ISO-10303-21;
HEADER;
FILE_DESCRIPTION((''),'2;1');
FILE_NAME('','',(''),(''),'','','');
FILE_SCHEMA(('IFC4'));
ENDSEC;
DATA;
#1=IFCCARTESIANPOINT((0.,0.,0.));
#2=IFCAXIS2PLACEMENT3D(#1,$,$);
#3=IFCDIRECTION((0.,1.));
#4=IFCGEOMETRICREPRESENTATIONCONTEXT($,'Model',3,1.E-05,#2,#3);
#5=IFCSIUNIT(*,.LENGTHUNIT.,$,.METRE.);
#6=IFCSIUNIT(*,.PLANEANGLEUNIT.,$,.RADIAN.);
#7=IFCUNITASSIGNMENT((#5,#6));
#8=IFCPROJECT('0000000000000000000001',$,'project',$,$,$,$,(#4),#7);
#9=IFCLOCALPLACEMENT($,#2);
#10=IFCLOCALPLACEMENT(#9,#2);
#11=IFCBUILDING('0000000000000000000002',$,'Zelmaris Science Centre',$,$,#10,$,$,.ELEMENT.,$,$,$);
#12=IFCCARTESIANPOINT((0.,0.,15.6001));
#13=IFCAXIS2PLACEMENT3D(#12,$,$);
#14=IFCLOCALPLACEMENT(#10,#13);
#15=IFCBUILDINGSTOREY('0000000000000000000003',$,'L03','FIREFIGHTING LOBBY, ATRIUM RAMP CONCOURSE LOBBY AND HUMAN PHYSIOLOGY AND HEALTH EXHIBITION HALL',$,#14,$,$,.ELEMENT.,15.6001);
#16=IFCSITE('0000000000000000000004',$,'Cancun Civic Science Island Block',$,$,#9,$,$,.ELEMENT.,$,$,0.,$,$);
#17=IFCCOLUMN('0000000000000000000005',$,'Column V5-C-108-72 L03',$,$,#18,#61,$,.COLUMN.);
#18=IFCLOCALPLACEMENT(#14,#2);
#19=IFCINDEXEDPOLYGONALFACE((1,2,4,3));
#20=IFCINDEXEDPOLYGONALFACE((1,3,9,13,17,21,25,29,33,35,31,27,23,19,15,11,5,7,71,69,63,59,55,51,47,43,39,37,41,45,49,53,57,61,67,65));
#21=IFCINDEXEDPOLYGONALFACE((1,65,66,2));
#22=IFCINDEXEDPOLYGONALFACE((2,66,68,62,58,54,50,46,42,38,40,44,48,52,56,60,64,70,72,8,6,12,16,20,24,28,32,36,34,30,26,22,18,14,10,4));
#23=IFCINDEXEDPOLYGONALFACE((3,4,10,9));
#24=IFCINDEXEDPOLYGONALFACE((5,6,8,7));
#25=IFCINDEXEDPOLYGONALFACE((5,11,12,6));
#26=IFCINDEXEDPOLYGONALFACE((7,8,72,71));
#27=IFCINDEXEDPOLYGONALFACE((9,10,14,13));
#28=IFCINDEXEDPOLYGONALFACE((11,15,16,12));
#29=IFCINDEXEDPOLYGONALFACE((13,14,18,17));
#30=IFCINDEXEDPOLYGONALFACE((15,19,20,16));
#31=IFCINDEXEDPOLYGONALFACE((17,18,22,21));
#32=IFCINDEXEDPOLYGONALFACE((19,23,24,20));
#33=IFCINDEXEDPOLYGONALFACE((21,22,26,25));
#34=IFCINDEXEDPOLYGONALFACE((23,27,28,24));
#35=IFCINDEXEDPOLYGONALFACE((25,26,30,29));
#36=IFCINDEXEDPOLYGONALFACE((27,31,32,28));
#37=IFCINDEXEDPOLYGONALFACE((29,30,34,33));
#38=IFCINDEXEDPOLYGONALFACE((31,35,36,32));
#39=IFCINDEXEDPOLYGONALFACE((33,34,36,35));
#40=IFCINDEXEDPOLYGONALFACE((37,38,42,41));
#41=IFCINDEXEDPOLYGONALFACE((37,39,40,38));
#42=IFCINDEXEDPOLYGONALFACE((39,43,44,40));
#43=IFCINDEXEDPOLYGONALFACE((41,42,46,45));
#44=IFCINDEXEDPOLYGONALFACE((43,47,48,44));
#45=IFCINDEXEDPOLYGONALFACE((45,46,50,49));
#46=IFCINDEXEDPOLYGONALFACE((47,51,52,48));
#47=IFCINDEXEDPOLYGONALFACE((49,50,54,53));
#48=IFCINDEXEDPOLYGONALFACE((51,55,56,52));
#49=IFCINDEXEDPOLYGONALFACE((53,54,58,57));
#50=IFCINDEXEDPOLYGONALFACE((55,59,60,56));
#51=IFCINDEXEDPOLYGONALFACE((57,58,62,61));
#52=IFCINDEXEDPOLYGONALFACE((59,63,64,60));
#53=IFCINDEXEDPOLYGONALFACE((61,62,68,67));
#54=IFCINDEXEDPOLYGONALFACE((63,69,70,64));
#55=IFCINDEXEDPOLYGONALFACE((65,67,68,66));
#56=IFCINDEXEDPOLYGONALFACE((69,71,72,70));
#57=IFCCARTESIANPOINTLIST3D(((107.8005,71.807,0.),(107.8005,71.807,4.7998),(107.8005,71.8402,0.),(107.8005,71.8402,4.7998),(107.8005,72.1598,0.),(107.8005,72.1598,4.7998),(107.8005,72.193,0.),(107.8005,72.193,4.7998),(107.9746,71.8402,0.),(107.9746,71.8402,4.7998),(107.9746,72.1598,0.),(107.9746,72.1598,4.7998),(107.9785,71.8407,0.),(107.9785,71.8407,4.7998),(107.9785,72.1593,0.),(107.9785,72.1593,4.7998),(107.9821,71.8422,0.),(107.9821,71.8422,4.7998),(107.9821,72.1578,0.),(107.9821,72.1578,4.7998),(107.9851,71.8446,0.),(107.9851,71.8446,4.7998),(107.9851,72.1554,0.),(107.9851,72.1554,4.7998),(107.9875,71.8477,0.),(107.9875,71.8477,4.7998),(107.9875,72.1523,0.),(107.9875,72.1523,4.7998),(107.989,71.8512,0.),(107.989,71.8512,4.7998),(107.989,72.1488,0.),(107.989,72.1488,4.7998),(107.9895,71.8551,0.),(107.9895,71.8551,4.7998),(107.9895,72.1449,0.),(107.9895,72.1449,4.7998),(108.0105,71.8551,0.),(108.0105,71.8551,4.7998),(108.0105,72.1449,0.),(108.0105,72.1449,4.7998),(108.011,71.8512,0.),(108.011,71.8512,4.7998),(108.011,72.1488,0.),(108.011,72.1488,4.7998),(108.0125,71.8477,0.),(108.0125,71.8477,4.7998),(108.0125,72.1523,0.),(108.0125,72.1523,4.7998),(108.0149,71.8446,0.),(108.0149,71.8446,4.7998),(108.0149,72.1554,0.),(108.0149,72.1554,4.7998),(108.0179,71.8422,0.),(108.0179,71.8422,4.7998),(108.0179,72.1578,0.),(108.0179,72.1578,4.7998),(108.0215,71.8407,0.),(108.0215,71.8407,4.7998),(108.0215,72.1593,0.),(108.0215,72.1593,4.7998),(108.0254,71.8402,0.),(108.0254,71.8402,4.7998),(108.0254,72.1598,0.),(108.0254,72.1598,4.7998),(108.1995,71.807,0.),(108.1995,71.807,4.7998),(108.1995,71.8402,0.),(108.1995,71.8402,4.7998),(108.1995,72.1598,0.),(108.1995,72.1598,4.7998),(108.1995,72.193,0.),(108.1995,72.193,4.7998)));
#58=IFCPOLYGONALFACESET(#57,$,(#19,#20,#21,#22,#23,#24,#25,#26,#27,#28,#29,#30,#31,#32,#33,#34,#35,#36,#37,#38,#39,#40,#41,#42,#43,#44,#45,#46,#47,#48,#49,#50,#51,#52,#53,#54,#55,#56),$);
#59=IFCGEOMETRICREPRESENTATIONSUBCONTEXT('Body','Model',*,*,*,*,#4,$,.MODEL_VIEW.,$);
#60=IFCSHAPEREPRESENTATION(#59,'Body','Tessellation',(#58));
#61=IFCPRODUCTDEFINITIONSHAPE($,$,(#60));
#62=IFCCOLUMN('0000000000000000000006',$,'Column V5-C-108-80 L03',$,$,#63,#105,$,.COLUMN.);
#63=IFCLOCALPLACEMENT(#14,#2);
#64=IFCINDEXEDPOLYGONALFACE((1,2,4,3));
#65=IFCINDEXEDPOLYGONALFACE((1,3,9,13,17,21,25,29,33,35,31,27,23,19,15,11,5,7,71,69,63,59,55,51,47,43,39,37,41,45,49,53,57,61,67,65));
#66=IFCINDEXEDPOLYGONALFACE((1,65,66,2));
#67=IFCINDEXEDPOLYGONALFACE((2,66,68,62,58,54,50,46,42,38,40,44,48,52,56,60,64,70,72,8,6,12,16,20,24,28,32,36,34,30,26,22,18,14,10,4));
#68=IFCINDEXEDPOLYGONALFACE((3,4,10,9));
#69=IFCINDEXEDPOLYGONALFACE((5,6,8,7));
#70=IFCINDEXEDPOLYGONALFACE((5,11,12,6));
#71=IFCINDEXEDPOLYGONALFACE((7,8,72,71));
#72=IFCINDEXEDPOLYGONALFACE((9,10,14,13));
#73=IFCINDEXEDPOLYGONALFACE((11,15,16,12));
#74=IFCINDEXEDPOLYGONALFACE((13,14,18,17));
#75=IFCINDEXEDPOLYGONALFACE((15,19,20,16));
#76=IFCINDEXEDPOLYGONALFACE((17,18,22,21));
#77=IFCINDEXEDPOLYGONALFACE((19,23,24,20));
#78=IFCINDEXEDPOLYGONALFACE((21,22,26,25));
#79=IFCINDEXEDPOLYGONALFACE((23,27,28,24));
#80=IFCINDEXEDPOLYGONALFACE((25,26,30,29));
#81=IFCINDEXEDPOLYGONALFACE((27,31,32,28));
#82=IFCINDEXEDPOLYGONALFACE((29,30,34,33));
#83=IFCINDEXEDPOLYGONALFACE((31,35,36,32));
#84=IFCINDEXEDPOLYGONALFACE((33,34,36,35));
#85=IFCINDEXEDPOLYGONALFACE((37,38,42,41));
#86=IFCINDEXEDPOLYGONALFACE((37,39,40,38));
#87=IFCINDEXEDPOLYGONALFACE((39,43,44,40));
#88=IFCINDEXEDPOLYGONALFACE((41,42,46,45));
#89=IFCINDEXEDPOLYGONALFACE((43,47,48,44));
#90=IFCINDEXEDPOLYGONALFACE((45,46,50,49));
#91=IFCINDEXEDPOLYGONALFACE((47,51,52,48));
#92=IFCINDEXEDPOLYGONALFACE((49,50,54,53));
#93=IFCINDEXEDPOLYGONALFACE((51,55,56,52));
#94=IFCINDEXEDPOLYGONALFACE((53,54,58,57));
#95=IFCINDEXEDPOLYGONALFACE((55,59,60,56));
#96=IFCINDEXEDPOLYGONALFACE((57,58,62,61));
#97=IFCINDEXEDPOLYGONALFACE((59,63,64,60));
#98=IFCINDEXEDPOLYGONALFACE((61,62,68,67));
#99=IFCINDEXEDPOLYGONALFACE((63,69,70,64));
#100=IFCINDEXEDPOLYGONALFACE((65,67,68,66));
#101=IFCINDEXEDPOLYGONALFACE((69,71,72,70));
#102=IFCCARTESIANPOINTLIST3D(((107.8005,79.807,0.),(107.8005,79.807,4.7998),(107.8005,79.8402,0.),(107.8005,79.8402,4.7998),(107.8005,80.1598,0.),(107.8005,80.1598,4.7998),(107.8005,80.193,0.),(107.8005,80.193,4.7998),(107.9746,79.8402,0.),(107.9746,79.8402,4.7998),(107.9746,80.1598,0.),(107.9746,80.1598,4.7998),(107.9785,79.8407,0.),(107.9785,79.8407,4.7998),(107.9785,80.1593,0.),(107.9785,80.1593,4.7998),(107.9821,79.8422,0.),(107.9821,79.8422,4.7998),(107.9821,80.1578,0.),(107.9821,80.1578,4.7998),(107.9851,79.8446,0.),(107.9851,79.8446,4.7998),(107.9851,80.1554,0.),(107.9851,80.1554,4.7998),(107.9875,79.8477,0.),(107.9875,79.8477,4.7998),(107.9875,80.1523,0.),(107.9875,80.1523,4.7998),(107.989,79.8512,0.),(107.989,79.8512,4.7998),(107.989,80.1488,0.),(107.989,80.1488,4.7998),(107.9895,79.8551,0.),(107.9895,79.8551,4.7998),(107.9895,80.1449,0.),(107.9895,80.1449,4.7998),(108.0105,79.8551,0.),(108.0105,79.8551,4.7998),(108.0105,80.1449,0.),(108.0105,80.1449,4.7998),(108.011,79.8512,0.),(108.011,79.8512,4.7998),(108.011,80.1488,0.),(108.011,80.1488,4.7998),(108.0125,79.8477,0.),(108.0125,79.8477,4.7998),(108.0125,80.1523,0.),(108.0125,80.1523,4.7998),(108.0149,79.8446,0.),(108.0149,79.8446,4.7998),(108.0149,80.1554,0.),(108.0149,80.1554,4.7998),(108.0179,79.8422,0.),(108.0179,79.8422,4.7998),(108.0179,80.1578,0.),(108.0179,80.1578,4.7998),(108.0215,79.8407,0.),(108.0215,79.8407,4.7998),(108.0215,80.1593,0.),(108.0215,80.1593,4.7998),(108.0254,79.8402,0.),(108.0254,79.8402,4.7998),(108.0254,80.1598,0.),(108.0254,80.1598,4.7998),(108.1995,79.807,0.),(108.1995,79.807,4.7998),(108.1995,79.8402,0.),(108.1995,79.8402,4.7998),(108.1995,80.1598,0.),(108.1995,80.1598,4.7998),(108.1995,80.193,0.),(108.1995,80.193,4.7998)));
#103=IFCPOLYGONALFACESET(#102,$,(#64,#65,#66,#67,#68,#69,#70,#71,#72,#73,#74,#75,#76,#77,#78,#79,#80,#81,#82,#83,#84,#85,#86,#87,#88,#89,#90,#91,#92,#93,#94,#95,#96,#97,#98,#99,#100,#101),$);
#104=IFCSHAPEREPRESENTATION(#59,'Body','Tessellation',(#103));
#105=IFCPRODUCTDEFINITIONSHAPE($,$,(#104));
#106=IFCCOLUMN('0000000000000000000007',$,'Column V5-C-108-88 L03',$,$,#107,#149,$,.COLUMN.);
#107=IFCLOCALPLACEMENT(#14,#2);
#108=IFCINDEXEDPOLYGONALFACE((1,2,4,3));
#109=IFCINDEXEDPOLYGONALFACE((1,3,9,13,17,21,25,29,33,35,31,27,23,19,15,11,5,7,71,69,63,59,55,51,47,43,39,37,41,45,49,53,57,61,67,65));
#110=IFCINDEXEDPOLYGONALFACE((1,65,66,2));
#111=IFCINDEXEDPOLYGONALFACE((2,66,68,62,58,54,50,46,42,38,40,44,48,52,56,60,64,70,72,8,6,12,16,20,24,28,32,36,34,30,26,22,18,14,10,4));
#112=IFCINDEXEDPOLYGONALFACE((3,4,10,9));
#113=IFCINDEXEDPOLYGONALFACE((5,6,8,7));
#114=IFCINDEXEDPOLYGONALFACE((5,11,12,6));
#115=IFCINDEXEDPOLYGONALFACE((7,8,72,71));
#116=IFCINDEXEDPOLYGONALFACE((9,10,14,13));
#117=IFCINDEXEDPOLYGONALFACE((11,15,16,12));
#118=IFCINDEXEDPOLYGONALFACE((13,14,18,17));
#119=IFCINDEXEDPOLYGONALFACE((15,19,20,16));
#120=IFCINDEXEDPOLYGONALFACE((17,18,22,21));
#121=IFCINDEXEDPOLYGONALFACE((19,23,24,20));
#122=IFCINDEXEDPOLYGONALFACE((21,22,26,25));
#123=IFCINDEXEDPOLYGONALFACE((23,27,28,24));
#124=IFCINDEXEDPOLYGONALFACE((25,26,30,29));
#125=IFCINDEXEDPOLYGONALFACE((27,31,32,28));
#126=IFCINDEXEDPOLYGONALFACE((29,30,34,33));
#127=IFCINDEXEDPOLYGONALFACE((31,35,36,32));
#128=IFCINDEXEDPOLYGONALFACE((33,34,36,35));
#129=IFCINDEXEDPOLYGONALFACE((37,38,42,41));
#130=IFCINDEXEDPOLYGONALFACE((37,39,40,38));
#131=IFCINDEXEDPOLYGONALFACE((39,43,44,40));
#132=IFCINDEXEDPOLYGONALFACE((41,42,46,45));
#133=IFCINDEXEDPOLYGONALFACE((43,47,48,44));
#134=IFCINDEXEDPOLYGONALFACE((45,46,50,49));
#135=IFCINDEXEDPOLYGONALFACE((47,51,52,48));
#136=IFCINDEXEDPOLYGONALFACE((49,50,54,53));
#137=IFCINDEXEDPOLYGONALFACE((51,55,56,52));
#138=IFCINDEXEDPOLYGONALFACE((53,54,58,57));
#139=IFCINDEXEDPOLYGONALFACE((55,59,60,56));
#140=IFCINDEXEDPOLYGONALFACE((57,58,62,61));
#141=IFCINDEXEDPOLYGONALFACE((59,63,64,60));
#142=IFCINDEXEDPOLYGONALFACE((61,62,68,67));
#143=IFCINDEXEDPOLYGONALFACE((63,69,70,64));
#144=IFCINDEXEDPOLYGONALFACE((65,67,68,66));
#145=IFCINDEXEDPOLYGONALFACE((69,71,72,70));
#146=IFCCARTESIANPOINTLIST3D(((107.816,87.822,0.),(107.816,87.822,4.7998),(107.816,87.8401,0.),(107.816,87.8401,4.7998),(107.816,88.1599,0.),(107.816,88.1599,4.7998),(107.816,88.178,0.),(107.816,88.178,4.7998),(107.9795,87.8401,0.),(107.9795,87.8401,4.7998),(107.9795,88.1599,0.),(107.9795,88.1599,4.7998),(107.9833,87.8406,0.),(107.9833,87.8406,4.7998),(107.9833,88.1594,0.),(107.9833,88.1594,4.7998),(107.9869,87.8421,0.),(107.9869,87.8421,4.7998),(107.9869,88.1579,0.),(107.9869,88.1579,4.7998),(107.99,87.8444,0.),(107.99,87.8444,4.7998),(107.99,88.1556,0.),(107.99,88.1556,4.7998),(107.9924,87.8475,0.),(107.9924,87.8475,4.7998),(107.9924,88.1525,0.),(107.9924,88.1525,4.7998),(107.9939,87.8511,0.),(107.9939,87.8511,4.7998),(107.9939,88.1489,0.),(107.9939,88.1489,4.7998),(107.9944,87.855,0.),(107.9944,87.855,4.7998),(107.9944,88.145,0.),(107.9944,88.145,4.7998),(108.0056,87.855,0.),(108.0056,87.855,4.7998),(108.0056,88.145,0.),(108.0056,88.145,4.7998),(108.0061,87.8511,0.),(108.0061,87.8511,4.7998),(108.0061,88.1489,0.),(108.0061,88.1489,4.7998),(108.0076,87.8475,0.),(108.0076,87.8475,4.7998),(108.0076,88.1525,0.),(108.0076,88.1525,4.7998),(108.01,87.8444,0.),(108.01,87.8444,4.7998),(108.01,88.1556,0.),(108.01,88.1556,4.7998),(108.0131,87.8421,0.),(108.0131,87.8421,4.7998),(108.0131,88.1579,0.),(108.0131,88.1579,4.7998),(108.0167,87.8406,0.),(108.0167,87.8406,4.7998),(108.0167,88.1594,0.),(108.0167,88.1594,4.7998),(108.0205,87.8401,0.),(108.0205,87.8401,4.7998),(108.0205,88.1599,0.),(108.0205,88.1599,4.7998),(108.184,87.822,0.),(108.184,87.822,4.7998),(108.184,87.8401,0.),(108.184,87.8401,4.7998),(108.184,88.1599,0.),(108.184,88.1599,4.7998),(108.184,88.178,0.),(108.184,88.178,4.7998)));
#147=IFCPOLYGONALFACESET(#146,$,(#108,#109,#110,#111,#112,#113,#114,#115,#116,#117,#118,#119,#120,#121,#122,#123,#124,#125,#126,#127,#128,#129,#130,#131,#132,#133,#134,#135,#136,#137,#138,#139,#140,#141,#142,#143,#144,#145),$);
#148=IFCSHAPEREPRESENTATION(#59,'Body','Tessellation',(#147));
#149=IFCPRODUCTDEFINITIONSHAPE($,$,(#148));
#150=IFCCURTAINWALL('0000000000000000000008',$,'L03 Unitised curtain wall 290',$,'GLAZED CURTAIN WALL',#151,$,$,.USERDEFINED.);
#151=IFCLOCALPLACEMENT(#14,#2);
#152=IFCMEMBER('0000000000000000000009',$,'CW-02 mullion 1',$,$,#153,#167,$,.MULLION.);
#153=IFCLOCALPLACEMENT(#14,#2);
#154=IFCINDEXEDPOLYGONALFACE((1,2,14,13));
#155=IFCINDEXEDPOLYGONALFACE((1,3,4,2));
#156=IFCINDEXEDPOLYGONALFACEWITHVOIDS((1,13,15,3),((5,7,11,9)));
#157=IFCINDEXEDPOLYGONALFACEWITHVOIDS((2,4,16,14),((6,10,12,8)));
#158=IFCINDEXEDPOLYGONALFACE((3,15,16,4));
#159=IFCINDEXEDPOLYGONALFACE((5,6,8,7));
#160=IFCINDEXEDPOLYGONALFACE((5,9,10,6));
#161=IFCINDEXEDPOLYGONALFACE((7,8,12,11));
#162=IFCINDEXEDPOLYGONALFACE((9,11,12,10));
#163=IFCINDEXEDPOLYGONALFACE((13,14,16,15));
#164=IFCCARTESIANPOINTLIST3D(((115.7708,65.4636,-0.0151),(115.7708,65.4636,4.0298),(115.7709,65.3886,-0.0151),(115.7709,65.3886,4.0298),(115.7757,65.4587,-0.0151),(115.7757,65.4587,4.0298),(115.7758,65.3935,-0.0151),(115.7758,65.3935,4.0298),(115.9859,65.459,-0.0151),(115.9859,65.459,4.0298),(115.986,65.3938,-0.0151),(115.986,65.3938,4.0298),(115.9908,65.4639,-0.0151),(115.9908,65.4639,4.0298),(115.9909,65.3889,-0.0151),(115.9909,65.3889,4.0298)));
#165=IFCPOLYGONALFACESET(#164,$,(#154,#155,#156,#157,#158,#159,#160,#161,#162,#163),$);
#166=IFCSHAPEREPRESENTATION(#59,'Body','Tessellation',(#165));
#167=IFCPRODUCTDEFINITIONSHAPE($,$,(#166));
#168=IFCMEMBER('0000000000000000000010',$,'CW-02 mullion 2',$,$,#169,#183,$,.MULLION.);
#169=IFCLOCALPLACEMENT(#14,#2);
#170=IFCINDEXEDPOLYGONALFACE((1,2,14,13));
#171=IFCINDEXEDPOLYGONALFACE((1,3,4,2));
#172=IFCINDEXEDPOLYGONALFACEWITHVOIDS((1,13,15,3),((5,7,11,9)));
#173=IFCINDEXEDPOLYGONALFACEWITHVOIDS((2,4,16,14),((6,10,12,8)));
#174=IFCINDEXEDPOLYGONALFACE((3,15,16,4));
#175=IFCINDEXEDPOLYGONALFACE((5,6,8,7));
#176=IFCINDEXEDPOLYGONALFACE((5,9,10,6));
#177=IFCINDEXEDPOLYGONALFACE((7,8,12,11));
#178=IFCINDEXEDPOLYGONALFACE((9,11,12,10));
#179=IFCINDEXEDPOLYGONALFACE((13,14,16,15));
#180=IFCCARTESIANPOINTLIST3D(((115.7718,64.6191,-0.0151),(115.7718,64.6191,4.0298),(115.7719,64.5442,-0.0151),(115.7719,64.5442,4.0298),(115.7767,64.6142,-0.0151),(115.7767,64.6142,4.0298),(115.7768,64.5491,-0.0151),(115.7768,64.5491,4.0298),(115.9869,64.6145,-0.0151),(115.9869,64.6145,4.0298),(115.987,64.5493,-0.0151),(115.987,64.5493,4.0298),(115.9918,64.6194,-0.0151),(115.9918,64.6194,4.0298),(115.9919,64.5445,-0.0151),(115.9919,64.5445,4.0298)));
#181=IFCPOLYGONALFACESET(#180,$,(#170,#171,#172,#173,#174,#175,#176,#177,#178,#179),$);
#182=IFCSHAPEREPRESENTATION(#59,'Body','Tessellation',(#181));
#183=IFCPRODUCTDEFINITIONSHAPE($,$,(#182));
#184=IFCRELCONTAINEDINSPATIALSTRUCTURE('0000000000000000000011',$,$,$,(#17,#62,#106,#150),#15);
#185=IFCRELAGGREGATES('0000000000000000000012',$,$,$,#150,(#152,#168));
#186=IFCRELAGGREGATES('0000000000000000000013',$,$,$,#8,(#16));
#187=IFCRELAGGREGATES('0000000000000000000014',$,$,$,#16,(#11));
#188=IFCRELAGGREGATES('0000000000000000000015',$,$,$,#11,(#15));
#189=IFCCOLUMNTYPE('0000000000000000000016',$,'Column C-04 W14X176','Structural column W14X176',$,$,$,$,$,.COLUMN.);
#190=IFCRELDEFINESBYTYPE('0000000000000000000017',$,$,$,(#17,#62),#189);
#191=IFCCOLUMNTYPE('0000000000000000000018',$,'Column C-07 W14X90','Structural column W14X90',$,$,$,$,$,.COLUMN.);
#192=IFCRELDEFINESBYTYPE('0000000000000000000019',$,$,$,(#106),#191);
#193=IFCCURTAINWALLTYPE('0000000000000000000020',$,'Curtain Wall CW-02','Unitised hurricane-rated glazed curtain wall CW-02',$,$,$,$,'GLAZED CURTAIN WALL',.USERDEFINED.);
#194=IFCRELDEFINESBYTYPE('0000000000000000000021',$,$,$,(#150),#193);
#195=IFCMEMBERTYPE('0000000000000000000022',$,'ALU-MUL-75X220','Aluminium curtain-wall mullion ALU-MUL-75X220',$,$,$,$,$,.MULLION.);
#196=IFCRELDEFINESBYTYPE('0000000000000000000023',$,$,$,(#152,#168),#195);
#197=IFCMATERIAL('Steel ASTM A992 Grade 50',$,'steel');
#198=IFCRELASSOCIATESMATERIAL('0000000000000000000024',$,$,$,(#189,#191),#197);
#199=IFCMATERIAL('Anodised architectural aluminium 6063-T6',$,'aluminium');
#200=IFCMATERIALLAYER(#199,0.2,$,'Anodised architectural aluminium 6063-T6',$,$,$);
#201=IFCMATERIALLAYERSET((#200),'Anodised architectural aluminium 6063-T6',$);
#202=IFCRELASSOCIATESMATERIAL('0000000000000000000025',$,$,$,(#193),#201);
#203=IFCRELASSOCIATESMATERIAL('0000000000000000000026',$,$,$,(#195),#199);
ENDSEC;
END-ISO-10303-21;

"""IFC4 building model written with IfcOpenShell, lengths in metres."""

from ifc_helpers import new_model, si_unit, direction, frame, origin, origin_2d, place, context, subcontext, project, spatial, hollow_rectangle, i_section, extrude, material, layer, layer_set, material_profile, profile_set, type_object, element, aggregate, save


model = new_model("IFC4")

# Units and contexts
model_context = context("Model", 3, precision=1e-05, world=origin(), true_north=direction((0.0, 1.0)))
body_context = subcontext(model_context, "Body", "Model", "MODEL_VIEW")
ifc_project = project(units=[si_unit("LENGTHUNIT", "METRE"), si_unit("PLANEANGLEUNIT", "RADIAN")], contexts=[model_context])

# Site, building, storey
site_placement = place(None, origin())
site = spatial("IfcSite", under=ifc_project, at=site_placement, Name="Cancun Civic Science Island Block", CompositionType="ELEMENT", RefElevation=0.0)
building_placement = place(site_placement, origin())
building = spatial("IfcBuilding", under=site, at=building_placement, Name="Zelmaris Science Centre", CompositionType="ELEMENT")
storey_placement = place(building_placement, frame((0.0, 0.0, 15.6001)))
storey = spatial("IfcBuildingStorey", under=building, at=storey_placement, Name="L03", Description="FIREFIGHTING LOBBY, ATRIUM RAMP CONCOURSE LOBBY AND HUMAN PHYSIOLOGY AND HEALTH EXHIBITION HALL", CompositionType="ELEMENT", Elevation=15.6001)

# Columns
ifc_material_1 = material(Name="Steel ASTM A992 Grade 50", Category="steel")
ifc_material_profile_1 = material_profile(ifc_material_1, i_section(OverallWidth=0.3989, OverallDepth=0.386, WebThickness=0.021, FlangeThickness=0.0332, FilletRadius=0.0149, at=origin_2d()), Name="W14X176")
ifc_profile_set_1 = profile_set([ifc_material_profile_1], Name="Steel ASTM A992 Grade 50")
column_type_1 = type_object("IfcColumnType", Name="Column C-04 W14X176", Description="Structural column W14X176", PredefinedType="COLUMN", material=ifc_profile_set_1)
for number, where, z_axis, x_axis, name in (
    (1, (108.0, 72.0, 0.0), (0.0, 0.0, 1.0), (1.0, 0.0, 0.0), "Column V5-C-108-72 L03"),
    (2, (108.0, 80.0, 0.0), (0.0, 0.0, 1.0), (1.0, 0.0, 0.0), "Column V5-C-108-80 L03"),
):
    element("IfcColumn", number, at=place(storey_placement, frame(where, z_axis=z_axis, x_axis=x_axis)), inside=storey, type_object=column_type_1, Name=name, PredefinedType="COLUMN", context=body_context, shape_type="SweptSolid", body=[
        extrude(i_section(OverallWidth=0.3989, OverallDepth=0.386, WebThickness=0.021, FlangeThickness=0.0332, FilletRadius=0.0149, at=origin_2d()), origin(), (0.0, 0.0, 1.0), 4.7998),
    ])
ifc_material_profile_2 = material_profile(ifc_material_1, i_section(OverallWidth=0.3679, OverallDepth=0.356, WebThickness=0.0112, FlangeThickness=0.0181, FilletRadius=0.0149, at=origin_2d()), Name="W14X90")
ifc_profile_set_2 = profile_set([ifc_material_profile_2], Name="Steel ASTM A992 Grade 50")
column_type_2 = type_object("IfcColumnType", Name="Column C-07 W14X90", Description="Structural column W14X90", PredefinedType="COLUMN", material=ifc_profile_set_2)
column_placement = place(storey_placement, frame((108.0, 88.0, 0.0), z_axis=(0.0, 0.0, 1.0), x_axis=(1.0, 0.0, 0.0)))
element("IfcColumn", 3, at=column_placement, inside=storey, type_object=column_type_2, Name="Column V5-C-108-88 L03", PredefinedType="COLUMN", context=body_context, shape_type="SweptSolid", body=[
    extrude(i_section(OverallWidth=0.3679, OverallDepth=0.356, WebThickness=0.0112, FlangeThickness=0.0181, FilletRadius=0.0149, at=origin_2d()), origin(), (0.0, 0.0, 1.0), 4.7998),
])

# Curtain wall, members
ifc_material_2 = material(Name="Anodised architectural aluminium 6063-T6", Category="aluminium")
ifc_layer_1 = layer(ifc_material_2, 0.2, Name="Anodised architectural aluminium 6063-T6")
ifc_layer_set_1 = layer_set([ifc_layer_1], Name="Anodised architectural aluminium 6063-T6")
curtain_wall_type = type_object("IfcCurtainWallType", Name="Curtain Wall CW-02", Description="Unitised hurricane-rated glazed curtain wall CW-02", ElementType="GLAZED CURTAIN WALL", PredefinedType="USERDEFINED", material=ifc_layer_set_1)
curtain_wall_placement = place(storey_placement, origin())
curtain_wall = element("IfcCurtainWall", 4, at=curtain_wall_placement, inside=storey, type_object=curtain_wall_type, Name="L03 Unitised curtain wall 290", ObjectType="GLAZED CURTAIN WALL", PredefinedType="USERDEFINED")
ifc_material_profile_3 = material_profile(ifc_material_2, hollow_rectangle(XDim=0.075, YDim=0.22, WallThickness=0.0049, at=origin_2d()), Name="ALU-MUL-75X220")
ifc_profile_set_3 = profile_set([ifc_material_profile_3], Name="Anodised architectural aluminium 6063-T6")
member_type_1 = type_object("IfcMemberType", Name="ALU-MUL-75X220", Description="Aluminium curtain-wall mullion ALU-MUL-75X220", PredefinedType="MULLION", material=ifc_profile_set_3)
member_1_placement = place(storey_placement, frame((115.8809, 65.4263, -0.0151), z_axis=(0.0, 0.0, 1.0), x_axis=(0.001372, -0.999999, 0.0)))
member_1 = element("IfcMember", 5, at=member_1_placement, type_object=member_type_1, Name="CW-02 mullion 1", PredefinedType="MULLION", context=body_context, shape_type="SweptSolid", body=[
    extrude(hollow_rectangle(XDim=0.075, YDim=0.22, WallThickness=0.0049, at=origin_2d()), origin(), (0.0, 0.0, 1.0), 4.0449),
])
member_2_placement = place(storey_placement, frame((115.8818, 64.5818, -0.0151), z_axis=(0.0, 0.0, 1.0), x_axis=(0.001372, -0.999999, 0.0)))
member_2 = element("IfcMember", 6, at=member_2_placement, type_object=member_type_1, Name="CW-02 mullion 2", PredefinedType="MULLION", context=body_context, shape_type="SweptSolid", body=[
    extrude(hollow_rectangle(XDim=0.075, YDim=0.22, WallThickness=0.0049, at=origin_2d()), origin(), (0.0, 0.0, 1.0), 4.0449),
])

aggregate(curtain_wall, [member_1, member_2])

save(model, "model.ifc")
